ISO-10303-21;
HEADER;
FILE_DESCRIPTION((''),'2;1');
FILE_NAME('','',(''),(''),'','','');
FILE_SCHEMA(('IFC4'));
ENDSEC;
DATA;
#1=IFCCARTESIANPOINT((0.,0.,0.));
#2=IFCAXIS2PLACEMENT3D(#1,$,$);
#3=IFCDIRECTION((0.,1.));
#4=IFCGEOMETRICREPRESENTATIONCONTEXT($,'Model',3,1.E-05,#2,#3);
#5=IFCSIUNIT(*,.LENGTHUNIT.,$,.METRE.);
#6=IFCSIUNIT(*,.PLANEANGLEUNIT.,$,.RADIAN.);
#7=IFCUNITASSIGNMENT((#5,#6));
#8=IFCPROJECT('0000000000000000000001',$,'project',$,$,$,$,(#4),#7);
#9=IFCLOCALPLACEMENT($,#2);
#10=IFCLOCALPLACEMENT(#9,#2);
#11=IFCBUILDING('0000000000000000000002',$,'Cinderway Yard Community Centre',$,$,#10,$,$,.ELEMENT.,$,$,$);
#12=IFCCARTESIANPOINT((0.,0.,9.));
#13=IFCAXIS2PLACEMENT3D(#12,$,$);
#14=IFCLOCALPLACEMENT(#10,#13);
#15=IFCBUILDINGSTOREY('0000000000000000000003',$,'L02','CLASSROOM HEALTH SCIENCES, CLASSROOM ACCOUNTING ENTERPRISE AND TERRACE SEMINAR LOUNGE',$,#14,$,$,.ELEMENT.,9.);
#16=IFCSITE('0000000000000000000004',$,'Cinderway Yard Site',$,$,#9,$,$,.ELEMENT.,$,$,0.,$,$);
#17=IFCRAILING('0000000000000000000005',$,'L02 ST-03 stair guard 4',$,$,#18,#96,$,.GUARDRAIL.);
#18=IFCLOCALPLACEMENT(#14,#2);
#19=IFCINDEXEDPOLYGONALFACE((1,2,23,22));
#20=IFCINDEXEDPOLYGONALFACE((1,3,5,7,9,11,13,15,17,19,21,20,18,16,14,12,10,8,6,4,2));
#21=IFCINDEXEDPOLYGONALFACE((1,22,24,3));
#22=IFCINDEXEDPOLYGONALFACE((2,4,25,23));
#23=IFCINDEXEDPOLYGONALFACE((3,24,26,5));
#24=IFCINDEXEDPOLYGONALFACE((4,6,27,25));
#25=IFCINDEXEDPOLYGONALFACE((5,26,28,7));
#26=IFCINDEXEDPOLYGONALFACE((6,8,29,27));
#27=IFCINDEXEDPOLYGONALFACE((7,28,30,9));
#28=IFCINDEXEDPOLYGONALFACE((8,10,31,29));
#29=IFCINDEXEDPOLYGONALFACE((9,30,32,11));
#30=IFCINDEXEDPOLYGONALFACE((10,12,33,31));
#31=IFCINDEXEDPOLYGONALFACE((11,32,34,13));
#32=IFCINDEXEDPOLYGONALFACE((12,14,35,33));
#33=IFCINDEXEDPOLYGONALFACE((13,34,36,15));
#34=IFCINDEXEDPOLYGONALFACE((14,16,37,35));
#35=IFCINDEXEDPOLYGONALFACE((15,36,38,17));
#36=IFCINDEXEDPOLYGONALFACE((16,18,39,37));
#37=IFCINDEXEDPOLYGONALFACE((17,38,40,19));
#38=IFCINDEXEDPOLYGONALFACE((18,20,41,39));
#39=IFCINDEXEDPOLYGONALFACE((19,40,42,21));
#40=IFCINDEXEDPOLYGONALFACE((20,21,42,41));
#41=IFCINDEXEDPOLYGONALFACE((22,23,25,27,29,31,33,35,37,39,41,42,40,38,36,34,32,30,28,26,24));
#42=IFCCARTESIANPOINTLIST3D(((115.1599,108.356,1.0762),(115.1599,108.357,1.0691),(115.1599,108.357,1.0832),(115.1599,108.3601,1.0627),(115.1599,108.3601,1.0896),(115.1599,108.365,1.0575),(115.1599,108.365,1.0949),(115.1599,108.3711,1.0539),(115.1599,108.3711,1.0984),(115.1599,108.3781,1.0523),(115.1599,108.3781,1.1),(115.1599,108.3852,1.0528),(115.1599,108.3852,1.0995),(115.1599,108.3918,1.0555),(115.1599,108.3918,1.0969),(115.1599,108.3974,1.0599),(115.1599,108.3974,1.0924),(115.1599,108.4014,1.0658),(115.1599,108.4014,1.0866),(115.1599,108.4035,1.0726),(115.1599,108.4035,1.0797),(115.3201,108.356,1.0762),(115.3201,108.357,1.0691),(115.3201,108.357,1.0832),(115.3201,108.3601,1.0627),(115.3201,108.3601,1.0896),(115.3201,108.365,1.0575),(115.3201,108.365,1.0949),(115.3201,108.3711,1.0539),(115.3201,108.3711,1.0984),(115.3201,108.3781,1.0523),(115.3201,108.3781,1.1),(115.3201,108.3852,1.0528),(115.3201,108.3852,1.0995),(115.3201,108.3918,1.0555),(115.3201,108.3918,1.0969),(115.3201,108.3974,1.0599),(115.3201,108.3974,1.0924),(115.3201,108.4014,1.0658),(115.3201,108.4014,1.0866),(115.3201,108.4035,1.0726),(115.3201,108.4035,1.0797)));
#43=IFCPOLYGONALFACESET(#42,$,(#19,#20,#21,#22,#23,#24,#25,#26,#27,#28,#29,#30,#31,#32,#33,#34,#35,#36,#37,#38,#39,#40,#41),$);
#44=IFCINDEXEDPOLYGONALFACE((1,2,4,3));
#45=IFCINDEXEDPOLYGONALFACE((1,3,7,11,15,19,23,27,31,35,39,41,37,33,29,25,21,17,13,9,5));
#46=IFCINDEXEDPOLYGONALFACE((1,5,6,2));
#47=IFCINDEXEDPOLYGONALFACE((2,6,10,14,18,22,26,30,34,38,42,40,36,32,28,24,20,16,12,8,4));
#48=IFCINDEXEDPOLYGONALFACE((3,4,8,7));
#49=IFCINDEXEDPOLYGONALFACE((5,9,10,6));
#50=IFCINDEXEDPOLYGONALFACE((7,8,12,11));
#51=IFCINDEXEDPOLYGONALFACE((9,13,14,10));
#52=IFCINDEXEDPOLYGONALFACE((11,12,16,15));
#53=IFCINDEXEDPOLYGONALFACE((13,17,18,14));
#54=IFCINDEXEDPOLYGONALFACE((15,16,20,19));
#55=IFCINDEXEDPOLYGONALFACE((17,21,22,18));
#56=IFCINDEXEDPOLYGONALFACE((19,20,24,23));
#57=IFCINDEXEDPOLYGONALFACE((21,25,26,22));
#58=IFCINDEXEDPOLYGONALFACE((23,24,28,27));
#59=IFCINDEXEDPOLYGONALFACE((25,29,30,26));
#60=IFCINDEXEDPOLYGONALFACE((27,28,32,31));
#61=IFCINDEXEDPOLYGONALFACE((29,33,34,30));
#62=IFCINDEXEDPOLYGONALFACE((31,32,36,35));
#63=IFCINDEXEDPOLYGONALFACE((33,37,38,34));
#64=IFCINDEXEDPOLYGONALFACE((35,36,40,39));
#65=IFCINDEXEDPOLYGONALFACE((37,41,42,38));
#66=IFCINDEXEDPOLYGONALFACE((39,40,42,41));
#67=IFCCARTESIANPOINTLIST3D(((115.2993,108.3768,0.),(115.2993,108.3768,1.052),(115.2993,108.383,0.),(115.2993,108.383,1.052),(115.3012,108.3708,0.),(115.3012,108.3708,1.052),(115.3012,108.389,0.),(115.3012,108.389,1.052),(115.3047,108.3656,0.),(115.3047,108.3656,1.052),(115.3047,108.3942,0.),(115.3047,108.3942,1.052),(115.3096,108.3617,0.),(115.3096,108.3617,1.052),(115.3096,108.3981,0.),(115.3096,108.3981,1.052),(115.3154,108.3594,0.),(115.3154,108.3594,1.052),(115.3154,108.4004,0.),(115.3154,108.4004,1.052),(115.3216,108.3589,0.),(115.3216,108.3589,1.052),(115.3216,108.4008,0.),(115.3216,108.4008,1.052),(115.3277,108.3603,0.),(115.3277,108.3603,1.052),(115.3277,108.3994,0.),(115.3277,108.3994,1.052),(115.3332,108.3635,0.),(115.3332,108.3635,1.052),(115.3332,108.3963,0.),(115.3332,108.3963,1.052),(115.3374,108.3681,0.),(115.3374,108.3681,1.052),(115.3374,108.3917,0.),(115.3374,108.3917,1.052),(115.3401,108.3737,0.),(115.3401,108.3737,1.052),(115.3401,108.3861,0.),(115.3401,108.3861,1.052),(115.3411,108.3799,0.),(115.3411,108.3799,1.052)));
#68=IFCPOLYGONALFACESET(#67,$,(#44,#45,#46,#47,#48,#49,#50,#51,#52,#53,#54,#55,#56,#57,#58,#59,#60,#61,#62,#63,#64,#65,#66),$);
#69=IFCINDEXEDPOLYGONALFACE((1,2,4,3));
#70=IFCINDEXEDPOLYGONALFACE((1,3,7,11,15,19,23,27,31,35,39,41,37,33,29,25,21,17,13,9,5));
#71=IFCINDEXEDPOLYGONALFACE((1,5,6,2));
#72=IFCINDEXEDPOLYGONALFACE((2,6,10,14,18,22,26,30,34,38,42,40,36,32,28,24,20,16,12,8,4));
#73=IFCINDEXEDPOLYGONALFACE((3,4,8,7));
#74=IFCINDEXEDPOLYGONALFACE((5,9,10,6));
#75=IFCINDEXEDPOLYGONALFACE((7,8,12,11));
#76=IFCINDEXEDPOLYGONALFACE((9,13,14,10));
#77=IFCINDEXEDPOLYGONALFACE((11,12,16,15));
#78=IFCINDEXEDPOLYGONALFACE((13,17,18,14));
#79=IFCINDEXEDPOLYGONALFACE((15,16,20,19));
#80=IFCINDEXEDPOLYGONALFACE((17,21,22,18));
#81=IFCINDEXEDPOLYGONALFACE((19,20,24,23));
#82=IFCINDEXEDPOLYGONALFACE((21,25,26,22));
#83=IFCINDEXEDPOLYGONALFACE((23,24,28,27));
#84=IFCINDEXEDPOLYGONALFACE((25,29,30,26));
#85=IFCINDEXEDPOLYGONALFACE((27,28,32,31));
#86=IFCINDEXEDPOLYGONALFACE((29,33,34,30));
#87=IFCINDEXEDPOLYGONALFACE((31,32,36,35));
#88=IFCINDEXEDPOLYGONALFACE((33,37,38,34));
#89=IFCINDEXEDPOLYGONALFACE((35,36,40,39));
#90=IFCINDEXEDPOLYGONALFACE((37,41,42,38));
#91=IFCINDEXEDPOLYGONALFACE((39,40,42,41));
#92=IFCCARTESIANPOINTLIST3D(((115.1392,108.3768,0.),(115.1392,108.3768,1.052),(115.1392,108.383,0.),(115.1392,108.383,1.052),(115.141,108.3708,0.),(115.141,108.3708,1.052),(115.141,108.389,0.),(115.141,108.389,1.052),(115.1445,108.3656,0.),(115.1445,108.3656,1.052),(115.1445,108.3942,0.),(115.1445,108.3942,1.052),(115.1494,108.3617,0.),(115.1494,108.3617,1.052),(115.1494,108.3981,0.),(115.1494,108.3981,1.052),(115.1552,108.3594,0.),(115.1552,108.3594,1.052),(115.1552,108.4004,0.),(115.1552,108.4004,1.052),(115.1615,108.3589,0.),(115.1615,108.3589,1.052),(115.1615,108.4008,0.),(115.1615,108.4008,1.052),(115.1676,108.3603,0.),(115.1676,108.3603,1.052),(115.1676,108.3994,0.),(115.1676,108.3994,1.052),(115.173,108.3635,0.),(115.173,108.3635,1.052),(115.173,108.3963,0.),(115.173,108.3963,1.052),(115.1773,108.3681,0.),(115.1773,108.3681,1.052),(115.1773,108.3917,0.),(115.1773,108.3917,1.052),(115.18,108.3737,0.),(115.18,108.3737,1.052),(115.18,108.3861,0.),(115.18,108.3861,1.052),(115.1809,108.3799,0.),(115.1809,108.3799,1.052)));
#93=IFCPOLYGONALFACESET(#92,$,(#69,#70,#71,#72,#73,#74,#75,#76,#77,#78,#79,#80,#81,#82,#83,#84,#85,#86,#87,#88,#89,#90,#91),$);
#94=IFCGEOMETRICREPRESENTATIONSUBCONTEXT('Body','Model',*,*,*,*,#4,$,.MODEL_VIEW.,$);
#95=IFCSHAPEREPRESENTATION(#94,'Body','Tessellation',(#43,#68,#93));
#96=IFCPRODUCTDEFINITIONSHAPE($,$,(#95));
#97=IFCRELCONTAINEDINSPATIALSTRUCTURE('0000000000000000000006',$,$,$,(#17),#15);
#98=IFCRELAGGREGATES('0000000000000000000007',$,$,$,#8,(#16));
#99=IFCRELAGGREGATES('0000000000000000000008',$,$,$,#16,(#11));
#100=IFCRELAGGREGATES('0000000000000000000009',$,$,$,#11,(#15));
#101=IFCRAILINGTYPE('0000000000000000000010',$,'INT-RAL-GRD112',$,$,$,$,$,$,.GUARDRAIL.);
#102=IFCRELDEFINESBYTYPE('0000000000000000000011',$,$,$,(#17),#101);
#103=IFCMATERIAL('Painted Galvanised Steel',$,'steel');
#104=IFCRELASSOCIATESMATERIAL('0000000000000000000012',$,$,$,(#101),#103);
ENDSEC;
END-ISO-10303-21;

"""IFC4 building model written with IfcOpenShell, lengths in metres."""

from ifc_helpers import new_model, si_unit, direction, frame, origin, origin_2d, place, context, subcontext, project, spatial, circle, extrude, material, type_object, element, save


model = new_model("IFC4")

# Units and contexts
model_context = context("Model", 3, precision=1e-05, world=origin(), true_north=direction((0.0, 1.0)))
body_context = subcontext(model_context, "Body", "Model", "MODEL_VIEW")
ifc_project = project(units=[si_unit("LENGTHUNIT", "METRE"), si_unit("PLANEANGLEUNIT", "RADIAN")], contexts=[model_context])

# Site, building, storey
site_placement = place(None, origin())
site = spatial("IfcSite", under=ifc_project, at=site_placement, Name="Cinderway Yard Site", CompositionType="ELEMENT", RefElevation=0.0)
building_placement = place(site_placement, origin())
building = spatial("IfcBuilding", under=site, at=building_placement, Name="Cinderway Yard Community Centre", CompositionType="ELEMENT")
storey_placement = place(building_placement, frame((0.0, 0.0, 9.0)))
storey = spatial("IfcBuildingStorey", under=building, at=storey_placement, Name="L02", Description="CLASSROOM HEALTH SCIENCES, CLASSROOM ACCOUNTING ENTERPRISE AND TERRACE SEMINAR LOUNGE", CompositionType="ELEMENT", Elevation=9.0)

# Railing
ifc_material_1 = material(Name="Painted Galvanised Steel", Category="steel")
railing_type_1 = type_object("IfcRailingType", Name="INT-RAL-GRD112", PredefinedType="GUARDRAIL", material=ifc_material_1)
railing_1_placement = place(storey_placement, frame((115.3201, 108.3799, 0.0)))
element("IfcRailing", 1, at=railing_1_placement, inside=storey, type_object=railing_type_1, Name="L02 ST-03 stair guard 4", PredefinedType="GUARDRAIL", context=body_context, shape_type="SweptSolid", body=[
    extrude(circle(Radius=0.0239, at=origin_2d()), frame((0.0, 0.0, 1.0762), z_axis=(-1.0, 0.0, 0.0), x_axis=(0.0, -1.0, 0.0)), (0.0, 0.0, 1.0), 0.1602),
    extrude(circle(Radius=0.021, at=origin_2d()), origin(), (0.0, 0.0, 1.0), 1.052),
    extrude(circle(Radius=0.021, at=origin_2d()), frame((-0.1602, 0.0, 0.0)), (0.0, 0.0, 1.0), 1.052),
])

save(model, "model.ifc")
